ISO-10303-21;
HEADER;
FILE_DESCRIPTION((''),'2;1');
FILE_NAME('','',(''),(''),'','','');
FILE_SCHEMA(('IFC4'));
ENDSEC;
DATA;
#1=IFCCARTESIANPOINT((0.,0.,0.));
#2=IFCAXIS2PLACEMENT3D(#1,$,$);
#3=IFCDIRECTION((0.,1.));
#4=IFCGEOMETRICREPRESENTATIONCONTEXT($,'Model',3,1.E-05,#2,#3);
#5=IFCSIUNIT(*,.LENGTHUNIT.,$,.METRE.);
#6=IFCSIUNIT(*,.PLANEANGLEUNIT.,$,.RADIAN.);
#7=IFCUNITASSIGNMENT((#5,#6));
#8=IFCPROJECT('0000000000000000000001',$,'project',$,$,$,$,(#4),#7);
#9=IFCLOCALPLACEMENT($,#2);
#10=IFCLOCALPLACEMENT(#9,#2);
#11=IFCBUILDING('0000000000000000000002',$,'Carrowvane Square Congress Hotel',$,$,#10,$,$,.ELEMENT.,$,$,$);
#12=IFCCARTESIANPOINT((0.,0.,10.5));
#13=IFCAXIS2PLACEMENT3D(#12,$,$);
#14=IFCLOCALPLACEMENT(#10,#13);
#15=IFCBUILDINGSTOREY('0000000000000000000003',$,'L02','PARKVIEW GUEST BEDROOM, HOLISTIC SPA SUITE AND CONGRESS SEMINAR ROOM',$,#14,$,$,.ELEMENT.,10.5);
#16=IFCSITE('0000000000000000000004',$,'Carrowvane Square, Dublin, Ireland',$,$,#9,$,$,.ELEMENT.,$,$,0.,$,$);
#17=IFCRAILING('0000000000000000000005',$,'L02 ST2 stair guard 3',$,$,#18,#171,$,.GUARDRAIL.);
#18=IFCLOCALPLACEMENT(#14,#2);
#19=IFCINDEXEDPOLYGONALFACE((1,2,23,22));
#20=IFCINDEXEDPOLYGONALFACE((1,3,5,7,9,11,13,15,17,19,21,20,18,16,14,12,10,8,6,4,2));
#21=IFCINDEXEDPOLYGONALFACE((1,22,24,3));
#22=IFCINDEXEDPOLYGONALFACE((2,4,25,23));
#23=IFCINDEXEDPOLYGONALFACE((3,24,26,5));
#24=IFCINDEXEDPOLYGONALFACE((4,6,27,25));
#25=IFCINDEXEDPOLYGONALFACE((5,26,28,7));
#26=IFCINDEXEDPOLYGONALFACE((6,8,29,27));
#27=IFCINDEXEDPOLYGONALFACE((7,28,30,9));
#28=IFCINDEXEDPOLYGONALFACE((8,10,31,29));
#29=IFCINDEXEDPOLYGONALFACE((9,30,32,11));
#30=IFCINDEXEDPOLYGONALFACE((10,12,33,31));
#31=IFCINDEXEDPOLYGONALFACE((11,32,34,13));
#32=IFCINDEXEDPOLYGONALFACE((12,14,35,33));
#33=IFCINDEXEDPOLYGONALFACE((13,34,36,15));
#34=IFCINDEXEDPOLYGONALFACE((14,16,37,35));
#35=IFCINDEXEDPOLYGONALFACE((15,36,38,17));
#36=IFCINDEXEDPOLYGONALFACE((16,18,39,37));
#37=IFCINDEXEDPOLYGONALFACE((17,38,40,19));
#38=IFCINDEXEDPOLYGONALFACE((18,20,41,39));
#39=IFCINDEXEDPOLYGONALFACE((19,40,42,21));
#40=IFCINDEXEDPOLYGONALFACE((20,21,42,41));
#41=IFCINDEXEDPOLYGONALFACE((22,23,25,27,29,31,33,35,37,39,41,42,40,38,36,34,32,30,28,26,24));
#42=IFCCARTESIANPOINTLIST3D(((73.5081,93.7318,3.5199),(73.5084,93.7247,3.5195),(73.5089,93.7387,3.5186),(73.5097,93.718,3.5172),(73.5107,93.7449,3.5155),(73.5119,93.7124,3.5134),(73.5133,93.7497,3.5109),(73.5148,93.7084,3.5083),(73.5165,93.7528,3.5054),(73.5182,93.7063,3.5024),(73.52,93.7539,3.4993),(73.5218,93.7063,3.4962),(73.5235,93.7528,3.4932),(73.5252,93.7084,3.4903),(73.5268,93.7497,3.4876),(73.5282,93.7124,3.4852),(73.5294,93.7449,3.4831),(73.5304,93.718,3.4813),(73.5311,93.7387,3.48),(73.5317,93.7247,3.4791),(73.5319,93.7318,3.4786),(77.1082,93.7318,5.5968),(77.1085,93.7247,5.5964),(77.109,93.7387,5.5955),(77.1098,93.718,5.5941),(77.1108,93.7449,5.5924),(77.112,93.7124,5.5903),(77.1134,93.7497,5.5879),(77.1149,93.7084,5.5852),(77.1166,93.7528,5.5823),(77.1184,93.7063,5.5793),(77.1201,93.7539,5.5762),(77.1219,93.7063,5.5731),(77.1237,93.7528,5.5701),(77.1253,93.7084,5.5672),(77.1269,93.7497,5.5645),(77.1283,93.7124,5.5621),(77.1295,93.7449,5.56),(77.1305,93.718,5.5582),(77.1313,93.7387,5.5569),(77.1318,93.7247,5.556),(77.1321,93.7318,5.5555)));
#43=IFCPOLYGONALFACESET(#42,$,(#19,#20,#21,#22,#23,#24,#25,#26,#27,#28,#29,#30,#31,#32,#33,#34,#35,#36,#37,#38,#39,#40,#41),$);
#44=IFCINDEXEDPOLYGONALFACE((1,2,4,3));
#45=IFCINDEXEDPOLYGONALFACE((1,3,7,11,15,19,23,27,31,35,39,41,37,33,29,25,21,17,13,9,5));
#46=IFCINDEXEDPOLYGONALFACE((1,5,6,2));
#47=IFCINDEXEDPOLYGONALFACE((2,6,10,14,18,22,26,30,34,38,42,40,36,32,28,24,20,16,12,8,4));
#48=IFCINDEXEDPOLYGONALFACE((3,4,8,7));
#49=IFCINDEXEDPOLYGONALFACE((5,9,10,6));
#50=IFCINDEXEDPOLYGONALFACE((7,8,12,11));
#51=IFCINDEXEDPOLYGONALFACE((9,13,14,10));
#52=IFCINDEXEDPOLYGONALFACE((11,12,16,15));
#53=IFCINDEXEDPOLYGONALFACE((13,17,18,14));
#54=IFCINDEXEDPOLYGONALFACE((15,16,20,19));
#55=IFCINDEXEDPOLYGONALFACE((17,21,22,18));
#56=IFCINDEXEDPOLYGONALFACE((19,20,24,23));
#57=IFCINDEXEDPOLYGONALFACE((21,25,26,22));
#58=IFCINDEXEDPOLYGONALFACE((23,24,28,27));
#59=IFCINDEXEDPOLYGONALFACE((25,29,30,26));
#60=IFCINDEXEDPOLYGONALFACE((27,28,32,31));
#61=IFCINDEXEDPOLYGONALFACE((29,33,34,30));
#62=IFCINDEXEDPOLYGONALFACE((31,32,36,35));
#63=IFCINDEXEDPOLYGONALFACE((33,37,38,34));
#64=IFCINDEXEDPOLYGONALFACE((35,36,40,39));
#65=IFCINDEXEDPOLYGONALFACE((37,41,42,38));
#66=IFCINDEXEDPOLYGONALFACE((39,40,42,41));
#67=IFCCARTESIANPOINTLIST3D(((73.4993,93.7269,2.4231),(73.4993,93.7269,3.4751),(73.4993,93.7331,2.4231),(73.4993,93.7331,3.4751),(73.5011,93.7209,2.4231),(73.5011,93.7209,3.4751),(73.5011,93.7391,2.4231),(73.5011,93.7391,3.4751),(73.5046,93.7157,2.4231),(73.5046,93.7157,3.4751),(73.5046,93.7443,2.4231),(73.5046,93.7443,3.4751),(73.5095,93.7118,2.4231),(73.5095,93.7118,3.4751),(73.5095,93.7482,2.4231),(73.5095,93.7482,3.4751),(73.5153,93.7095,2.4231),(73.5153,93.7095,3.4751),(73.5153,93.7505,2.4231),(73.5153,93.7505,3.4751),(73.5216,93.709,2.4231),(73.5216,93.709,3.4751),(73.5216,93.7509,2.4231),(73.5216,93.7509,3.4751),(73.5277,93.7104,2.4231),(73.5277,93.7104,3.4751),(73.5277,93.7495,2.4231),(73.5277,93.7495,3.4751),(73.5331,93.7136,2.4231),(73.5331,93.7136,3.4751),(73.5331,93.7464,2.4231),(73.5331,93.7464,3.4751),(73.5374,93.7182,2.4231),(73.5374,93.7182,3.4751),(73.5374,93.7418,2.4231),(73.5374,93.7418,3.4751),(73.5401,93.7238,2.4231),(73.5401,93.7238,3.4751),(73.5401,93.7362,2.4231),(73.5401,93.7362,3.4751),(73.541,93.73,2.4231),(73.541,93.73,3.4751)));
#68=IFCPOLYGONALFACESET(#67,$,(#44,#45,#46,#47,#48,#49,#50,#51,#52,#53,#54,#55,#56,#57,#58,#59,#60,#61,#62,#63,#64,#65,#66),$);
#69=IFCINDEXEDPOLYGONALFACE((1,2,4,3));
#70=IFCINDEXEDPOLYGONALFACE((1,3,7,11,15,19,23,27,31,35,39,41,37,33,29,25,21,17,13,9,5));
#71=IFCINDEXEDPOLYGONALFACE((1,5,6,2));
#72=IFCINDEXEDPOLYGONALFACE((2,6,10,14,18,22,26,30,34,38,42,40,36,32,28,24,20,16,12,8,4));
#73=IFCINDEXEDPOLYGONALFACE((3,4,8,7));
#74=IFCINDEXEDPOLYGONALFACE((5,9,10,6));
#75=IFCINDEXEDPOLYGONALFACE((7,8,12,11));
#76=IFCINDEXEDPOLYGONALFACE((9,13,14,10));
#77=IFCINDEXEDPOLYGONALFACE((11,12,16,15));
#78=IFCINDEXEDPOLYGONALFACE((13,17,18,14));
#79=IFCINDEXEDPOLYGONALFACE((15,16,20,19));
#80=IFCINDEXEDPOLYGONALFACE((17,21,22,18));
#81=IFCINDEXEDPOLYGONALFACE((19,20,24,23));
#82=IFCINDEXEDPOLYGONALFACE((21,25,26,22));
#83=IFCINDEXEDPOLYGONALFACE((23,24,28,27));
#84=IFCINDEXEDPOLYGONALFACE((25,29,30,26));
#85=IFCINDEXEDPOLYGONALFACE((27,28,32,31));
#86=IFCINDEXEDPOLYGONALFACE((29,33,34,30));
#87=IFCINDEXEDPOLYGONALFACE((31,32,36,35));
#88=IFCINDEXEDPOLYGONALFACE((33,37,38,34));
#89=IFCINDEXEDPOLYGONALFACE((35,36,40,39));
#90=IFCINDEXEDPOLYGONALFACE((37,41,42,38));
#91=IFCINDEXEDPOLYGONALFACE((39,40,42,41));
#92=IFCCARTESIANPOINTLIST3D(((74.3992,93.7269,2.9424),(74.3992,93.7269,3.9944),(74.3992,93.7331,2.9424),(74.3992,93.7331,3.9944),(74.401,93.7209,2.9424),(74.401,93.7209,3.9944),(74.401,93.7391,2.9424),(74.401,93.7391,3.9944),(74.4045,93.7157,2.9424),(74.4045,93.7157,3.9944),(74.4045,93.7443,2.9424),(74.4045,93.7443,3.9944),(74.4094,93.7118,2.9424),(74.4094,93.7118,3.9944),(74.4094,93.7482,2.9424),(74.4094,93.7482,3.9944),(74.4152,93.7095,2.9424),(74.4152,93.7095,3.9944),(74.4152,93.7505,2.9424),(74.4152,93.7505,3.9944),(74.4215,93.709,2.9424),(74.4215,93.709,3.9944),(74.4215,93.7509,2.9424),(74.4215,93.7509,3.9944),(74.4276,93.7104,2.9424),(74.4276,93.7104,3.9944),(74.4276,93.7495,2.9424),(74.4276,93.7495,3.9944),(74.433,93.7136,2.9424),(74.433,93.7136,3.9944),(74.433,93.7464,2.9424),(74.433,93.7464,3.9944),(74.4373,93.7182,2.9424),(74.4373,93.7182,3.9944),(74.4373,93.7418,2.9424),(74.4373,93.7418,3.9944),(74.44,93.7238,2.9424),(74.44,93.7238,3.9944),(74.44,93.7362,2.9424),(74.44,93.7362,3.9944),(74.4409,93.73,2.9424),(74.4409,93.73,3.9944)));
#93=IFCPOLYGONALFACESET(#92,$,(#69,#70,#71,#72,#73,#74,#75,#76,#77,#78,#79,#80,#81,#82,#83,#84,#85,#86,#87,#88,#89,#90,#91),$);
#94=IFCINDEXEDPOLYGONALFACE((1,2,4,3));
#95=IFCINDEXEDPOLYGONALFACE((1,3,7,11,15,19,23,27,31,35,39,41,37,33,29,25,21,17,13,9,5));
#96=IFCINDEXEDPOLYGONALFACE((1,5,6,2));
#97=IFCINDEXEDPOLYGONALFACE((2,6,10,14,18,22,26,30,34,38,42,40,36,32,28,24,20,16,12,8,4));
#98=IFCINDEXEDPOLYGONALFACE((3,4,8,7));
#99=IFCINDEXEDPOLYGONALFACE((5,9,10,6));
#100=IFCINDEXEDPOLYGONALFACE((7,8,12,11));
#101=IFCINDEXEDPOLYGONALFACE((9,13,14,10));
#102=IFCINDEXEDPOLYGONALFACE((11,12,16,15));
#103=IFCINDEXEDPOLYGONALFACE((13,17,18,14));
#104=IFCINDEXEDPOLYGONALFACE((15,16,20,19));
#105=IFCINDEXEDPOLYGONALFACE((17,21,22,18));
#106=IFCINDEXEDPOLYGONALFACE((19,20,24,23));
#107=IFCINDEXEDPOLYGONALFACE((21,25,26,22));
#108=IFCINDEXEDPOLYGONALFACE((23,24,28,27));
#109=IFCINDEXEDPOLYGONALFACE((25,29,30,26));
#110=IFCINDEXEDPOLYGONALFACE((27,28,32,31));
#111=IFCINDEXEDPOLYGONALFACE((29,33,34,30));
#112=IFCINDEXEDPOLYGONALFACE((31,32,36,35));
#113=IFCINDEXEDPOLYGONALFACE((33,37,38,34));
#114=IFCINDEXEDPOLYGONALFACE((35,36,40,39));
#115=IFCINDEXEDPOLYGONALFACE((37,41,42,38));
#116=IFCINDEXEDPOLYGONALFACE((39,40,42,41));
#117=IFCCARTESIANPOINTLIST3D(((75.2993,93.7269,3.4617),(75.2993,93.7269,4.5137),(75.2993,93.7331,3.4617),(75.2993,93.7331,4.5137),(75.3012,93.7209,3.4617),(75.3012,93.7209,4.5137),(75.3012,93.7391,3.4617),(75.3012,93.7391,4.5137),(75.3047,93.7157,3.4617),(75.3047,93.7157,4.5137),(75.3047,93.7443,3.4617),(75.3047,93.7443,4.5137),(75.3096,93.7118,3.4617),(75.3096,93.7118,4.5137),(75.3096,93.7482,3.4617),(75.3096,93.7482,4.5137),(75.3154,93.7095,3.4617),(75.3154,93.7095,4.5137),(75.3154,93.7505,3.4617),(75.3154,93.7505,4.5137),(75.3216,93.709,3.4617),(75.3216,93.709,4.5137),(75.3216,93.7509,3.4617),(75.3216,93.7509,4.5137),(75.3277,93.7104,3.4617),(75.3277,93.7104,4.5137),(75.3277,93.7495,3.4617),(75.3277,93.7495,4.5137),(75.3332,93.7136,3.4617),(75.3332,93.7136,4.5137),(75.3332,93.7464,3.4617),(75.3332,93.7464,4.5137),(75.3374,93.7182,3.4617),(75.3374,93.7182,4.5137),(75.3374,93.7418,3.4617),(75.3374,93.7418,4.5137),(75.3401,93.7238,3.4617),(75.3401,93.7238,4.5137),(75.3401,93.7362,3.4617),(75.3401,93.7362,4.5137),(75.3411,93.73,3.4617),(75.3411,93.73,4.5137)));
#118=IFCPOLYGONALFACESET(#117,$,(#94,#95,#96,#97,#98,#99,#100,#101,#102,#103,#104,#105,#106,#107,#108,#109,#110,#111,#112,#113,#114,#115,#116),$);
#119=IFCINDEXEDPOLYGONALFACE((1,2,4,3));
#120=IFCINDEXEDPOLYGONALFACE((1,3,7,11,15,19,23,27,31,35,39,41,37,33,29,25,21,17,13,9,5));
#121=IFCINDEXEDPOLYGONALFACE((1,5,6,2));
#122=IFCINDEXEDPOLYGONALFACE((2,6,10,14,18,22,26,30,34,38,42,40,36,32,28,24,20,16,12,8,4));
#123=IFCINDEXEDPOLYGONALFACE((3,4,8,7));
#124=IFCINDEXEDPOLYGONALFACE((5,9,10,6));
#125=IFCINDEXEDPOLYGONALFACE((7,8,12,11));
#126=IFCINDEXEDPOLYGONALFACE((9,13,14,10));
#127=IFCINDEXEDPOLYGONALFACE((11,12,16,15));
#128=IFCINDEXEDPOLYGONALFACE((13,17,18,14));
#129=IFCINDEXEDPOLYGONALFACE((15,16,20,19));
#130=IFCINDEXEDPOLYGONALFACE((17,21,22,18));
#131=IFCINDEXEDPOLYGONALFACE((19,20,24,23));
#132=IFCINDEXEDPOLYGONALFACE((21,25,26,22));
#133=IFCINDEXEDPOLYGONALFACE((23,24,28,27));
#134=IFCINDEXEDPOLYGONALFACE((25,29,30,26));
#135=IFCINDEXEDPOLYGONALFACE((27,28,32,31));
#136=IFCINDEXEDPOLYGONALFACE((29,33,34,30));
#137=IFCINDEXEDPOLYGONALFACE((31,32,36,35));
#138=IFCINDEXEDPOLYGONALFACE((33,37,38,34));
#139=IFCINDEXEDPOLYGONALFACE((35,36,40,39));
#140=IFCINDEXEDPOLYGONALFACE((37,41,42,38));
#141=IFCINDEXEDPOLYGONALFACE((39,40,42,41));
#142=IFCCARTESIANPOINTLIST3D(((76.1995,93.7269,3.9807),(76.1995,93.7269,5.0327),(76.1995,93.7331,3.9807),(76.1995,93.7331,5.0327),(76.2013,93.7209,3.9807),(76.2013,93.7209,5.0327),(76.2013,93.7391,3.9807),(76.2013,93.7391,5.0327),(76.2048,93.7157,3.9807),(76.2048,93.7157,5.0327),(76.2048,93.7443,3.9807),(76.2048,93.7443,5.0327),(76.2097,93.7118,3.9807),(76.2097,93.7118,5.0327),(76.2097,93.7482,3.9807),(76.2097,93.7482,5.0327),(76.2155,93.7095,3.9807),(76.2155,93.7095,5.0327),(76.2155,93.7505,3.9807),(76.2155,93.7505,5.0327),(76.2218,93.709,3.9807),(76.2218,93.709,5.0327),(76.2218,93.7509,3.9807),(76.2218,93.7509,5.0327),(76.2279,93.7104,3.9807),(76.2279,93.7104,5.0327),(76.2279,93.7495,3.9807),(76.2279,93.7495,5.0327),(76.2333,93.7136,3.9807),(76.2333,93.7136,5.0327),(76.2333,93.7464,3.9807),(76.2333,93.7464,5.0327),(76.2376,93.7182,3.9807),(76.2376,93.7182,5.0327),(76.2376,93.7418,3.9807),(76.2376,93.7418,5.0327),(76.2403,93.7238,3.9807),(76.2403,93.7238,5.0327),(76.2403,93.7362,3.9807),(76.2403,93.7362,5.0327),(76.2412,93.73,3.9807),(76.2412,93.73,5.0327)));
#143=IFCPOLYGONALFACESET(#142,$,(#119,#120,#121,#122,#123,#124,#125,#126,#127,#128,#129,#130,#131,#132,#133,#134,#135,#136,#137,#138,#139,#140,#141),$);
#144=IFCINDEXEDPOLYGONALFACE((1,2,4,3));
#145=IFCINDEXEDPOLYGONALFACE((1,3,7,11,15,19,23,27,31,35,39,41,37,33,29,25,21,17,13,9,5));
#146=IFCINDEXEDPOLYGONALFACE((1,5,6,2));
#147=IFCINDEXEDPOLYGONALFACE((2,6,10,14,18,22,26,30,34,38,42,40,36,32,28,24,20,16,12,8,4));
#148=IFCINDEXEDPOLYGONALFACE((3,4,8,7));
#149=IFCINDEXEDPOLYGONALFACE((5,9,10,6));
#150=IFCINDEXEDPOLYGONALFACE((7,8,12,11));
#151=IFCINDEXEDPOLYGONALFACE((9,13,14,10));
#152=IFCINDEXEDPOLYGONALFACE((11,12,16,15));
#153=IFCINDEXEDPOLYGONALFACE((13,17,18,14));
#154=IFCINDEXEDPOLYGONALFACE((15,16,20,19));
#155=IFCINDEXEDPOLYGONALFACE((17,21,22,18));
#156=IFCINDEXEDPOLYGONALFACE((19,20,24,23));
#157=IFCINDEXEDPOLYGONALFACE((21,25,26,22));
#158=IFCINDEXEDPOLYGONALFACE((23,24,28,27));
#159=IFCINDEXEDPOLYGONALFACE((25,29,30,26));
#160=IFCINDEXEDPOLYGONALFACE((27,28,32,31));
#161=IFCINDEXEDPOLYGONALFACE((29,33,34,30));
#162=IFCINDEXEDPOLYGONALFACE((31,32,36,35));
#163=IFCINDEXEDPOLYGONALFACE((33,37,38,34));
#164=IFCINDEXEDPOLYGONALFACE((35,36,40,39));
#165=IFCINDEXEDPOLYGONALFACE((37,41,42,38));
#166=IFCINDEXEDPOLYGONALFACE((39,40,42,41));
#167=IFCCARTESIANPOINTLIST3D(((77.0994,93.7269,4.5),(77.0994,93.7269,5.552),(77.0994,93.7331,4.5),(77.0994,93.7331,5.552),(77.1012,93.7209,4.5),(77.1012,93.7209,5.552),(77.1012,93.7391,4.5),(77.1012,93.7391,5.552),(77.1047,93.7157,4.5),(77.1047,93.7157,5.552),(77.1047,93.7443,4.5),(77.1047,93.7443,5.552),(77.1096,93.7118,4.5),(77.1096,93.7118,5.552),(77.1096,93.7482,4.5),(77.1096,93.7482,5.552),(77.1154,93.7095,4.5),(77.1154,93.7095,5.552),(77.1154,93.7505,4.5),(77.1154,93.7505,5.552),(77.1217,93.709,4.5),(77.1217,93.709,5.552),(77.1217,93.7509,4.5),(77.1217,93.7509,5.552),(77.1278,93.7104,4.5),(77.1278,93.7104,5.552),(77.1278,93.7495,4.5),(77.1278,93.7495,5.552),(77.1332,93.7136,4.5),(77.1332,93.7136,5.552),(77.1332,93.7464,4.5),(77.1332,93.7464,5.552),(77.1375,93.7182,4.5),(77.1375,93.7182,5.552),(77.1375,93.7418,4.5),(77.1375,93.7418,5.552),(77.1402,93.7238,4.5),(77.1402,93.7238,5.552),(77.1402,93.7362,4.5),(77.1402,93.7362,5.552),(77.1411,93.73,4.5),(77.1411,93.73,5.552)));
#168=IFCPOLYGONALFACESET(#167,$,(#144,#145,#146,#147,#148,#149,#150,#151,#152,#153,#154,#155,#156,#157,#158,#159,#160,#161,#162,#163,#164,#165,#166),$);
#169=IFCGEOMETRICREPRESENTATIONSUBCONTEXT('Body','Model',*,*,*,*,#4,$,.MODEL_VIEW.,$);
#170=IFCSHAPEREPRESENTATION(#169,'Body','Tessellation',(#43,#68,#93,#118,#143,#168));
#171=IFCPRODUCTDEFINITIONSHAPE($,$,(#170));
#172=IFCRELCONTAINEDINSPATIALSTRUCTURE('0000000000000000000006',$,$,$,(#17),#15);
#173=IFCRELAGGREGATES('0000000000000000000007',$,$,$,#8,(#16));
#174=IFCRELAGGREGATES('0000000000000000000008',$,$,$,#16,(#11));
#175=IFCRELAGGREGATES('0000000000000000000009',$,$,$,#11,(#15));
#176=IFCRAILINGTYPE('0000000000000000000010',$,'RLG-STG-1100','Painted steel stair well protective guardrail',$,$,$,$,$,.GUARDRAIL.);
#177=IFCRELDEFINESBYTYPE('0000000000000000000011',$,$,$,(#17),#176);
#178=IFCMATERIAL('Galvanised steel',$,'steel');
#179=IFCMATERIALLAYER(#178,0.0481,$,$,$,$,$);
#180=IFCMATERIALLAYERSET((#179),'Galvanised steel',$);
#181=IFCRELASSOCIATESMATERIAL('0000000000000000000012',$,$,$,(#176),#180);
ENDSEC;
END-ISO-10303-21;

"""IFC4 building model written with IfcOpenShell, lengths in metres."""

from ifc_helpers import new_model, si_unit, direction, frame, origin, origin_2d, place, context, subcontext, project, spatial, circle, extrude, material, layer, layer_set, type_object, element, save


model = new_model("IFC4")

# Units and contexts
model_context = context("Model", 3, precision=1e-05, world=origin(), true_north=direction((0.0, 1.0)))
body_context = subcontext(model_context, "Body", "Model", "MODEL_VIEW")
ifc_project = project(units=[si_unit("LENGTHUNIT", "METRE"), si_unit("PLANEANGLEUNIT", "RADIAN")], contexts=[model_context])

# Site, building, storey
site_placement = place(None, origin())
site = spatial("IfcSite", under=ifc_project, at=site_placement, Name="Carrowvane Square, Dublin, Ireland", CompositionType="ELEMENT", RefElevation=0.0)
building_placement = place(site_placement, origin())
building = spatial("IfcBuilding", under=site, at=building_placement, Name="Carrowvane Square Congress Hotel", CompositionType="ELEMENT")
storey_placement = place(building_placement, frame((0.0, 0.0, 10.5)))
storey = spatial("IfcBuildingStorey", under=building, at=storey_placement, Name="L02", Description="PARKVIEW GUEST BEDROOM, HOLISTIC SPA SUITE AND CONGRESS SEMINAR ROOM", CompositionType="ELEMENT", Elevation=10.5)

# Railing
ifc_material_1 = material(Name="Galvanised steel", Category="steel")
ifc_layer_1 = layer(ifc_material_1, 0.0481)
ifc_layer_set_1 = layer_set([ifc_layer_1], Name="Galvanised steel")
railing_type_1 = type_object("IfcRailingType", Name="RLG-STG-1100", Description="Painted steel stair well protective guardrail", PredefinedType="GUARDRAIL", material=ifc_layer_set_1)
railing_1_placement = place(storey_placement, frame((73.52, 93.73, 2.4231)))
element("IfcRailing", 1, at=railing_1_placement, inside=storey, type_object=railing_type_1, Name="L02 ST2 stair guard 3", PredefinedType="GUARDRAIL", context=body_context, shape_type="SweptSolid", body=[
    extrude(circle(Radius=0.0239, at=origin_2d()), frame((0.0, 0.0, 1.0762), z_axis=(0.866193, 0.0, 0.499709), x_axis=(0.0, 1.0, 0.0)), (0.0, 0.0, 1.0), 4.1562),
    extrude(circle(Radius=0.021, at=origin_2d()), origin(), (0.0, 0.0, 1.0), 1.052),
    extrude(circle(Radius=0.021, at=origin_2d()), frame((0.8999, 0.0, 0.5193)), (0.0, 0.0, 1.0), 1.052),
    extrude(circle(Radius=0.021, at=origin_2d()), frame((1.8, 0.0, 1.0386)), (0.0, 0.0, 1.0), 1.052),
    extrude(circle(Radius=0.021, at=origin_2d()), frame((2.7002, 0.0, 1.5576)), (0.0, 0.0, 1.0), 1.052),
    extrude(circle(Radius=0.021, at=origin_2d()), frame((3.6001, 0.0, 2.0769)), (0.0, 0.0, 1.0), 1.052),
])

save(model, "model.ifc")
